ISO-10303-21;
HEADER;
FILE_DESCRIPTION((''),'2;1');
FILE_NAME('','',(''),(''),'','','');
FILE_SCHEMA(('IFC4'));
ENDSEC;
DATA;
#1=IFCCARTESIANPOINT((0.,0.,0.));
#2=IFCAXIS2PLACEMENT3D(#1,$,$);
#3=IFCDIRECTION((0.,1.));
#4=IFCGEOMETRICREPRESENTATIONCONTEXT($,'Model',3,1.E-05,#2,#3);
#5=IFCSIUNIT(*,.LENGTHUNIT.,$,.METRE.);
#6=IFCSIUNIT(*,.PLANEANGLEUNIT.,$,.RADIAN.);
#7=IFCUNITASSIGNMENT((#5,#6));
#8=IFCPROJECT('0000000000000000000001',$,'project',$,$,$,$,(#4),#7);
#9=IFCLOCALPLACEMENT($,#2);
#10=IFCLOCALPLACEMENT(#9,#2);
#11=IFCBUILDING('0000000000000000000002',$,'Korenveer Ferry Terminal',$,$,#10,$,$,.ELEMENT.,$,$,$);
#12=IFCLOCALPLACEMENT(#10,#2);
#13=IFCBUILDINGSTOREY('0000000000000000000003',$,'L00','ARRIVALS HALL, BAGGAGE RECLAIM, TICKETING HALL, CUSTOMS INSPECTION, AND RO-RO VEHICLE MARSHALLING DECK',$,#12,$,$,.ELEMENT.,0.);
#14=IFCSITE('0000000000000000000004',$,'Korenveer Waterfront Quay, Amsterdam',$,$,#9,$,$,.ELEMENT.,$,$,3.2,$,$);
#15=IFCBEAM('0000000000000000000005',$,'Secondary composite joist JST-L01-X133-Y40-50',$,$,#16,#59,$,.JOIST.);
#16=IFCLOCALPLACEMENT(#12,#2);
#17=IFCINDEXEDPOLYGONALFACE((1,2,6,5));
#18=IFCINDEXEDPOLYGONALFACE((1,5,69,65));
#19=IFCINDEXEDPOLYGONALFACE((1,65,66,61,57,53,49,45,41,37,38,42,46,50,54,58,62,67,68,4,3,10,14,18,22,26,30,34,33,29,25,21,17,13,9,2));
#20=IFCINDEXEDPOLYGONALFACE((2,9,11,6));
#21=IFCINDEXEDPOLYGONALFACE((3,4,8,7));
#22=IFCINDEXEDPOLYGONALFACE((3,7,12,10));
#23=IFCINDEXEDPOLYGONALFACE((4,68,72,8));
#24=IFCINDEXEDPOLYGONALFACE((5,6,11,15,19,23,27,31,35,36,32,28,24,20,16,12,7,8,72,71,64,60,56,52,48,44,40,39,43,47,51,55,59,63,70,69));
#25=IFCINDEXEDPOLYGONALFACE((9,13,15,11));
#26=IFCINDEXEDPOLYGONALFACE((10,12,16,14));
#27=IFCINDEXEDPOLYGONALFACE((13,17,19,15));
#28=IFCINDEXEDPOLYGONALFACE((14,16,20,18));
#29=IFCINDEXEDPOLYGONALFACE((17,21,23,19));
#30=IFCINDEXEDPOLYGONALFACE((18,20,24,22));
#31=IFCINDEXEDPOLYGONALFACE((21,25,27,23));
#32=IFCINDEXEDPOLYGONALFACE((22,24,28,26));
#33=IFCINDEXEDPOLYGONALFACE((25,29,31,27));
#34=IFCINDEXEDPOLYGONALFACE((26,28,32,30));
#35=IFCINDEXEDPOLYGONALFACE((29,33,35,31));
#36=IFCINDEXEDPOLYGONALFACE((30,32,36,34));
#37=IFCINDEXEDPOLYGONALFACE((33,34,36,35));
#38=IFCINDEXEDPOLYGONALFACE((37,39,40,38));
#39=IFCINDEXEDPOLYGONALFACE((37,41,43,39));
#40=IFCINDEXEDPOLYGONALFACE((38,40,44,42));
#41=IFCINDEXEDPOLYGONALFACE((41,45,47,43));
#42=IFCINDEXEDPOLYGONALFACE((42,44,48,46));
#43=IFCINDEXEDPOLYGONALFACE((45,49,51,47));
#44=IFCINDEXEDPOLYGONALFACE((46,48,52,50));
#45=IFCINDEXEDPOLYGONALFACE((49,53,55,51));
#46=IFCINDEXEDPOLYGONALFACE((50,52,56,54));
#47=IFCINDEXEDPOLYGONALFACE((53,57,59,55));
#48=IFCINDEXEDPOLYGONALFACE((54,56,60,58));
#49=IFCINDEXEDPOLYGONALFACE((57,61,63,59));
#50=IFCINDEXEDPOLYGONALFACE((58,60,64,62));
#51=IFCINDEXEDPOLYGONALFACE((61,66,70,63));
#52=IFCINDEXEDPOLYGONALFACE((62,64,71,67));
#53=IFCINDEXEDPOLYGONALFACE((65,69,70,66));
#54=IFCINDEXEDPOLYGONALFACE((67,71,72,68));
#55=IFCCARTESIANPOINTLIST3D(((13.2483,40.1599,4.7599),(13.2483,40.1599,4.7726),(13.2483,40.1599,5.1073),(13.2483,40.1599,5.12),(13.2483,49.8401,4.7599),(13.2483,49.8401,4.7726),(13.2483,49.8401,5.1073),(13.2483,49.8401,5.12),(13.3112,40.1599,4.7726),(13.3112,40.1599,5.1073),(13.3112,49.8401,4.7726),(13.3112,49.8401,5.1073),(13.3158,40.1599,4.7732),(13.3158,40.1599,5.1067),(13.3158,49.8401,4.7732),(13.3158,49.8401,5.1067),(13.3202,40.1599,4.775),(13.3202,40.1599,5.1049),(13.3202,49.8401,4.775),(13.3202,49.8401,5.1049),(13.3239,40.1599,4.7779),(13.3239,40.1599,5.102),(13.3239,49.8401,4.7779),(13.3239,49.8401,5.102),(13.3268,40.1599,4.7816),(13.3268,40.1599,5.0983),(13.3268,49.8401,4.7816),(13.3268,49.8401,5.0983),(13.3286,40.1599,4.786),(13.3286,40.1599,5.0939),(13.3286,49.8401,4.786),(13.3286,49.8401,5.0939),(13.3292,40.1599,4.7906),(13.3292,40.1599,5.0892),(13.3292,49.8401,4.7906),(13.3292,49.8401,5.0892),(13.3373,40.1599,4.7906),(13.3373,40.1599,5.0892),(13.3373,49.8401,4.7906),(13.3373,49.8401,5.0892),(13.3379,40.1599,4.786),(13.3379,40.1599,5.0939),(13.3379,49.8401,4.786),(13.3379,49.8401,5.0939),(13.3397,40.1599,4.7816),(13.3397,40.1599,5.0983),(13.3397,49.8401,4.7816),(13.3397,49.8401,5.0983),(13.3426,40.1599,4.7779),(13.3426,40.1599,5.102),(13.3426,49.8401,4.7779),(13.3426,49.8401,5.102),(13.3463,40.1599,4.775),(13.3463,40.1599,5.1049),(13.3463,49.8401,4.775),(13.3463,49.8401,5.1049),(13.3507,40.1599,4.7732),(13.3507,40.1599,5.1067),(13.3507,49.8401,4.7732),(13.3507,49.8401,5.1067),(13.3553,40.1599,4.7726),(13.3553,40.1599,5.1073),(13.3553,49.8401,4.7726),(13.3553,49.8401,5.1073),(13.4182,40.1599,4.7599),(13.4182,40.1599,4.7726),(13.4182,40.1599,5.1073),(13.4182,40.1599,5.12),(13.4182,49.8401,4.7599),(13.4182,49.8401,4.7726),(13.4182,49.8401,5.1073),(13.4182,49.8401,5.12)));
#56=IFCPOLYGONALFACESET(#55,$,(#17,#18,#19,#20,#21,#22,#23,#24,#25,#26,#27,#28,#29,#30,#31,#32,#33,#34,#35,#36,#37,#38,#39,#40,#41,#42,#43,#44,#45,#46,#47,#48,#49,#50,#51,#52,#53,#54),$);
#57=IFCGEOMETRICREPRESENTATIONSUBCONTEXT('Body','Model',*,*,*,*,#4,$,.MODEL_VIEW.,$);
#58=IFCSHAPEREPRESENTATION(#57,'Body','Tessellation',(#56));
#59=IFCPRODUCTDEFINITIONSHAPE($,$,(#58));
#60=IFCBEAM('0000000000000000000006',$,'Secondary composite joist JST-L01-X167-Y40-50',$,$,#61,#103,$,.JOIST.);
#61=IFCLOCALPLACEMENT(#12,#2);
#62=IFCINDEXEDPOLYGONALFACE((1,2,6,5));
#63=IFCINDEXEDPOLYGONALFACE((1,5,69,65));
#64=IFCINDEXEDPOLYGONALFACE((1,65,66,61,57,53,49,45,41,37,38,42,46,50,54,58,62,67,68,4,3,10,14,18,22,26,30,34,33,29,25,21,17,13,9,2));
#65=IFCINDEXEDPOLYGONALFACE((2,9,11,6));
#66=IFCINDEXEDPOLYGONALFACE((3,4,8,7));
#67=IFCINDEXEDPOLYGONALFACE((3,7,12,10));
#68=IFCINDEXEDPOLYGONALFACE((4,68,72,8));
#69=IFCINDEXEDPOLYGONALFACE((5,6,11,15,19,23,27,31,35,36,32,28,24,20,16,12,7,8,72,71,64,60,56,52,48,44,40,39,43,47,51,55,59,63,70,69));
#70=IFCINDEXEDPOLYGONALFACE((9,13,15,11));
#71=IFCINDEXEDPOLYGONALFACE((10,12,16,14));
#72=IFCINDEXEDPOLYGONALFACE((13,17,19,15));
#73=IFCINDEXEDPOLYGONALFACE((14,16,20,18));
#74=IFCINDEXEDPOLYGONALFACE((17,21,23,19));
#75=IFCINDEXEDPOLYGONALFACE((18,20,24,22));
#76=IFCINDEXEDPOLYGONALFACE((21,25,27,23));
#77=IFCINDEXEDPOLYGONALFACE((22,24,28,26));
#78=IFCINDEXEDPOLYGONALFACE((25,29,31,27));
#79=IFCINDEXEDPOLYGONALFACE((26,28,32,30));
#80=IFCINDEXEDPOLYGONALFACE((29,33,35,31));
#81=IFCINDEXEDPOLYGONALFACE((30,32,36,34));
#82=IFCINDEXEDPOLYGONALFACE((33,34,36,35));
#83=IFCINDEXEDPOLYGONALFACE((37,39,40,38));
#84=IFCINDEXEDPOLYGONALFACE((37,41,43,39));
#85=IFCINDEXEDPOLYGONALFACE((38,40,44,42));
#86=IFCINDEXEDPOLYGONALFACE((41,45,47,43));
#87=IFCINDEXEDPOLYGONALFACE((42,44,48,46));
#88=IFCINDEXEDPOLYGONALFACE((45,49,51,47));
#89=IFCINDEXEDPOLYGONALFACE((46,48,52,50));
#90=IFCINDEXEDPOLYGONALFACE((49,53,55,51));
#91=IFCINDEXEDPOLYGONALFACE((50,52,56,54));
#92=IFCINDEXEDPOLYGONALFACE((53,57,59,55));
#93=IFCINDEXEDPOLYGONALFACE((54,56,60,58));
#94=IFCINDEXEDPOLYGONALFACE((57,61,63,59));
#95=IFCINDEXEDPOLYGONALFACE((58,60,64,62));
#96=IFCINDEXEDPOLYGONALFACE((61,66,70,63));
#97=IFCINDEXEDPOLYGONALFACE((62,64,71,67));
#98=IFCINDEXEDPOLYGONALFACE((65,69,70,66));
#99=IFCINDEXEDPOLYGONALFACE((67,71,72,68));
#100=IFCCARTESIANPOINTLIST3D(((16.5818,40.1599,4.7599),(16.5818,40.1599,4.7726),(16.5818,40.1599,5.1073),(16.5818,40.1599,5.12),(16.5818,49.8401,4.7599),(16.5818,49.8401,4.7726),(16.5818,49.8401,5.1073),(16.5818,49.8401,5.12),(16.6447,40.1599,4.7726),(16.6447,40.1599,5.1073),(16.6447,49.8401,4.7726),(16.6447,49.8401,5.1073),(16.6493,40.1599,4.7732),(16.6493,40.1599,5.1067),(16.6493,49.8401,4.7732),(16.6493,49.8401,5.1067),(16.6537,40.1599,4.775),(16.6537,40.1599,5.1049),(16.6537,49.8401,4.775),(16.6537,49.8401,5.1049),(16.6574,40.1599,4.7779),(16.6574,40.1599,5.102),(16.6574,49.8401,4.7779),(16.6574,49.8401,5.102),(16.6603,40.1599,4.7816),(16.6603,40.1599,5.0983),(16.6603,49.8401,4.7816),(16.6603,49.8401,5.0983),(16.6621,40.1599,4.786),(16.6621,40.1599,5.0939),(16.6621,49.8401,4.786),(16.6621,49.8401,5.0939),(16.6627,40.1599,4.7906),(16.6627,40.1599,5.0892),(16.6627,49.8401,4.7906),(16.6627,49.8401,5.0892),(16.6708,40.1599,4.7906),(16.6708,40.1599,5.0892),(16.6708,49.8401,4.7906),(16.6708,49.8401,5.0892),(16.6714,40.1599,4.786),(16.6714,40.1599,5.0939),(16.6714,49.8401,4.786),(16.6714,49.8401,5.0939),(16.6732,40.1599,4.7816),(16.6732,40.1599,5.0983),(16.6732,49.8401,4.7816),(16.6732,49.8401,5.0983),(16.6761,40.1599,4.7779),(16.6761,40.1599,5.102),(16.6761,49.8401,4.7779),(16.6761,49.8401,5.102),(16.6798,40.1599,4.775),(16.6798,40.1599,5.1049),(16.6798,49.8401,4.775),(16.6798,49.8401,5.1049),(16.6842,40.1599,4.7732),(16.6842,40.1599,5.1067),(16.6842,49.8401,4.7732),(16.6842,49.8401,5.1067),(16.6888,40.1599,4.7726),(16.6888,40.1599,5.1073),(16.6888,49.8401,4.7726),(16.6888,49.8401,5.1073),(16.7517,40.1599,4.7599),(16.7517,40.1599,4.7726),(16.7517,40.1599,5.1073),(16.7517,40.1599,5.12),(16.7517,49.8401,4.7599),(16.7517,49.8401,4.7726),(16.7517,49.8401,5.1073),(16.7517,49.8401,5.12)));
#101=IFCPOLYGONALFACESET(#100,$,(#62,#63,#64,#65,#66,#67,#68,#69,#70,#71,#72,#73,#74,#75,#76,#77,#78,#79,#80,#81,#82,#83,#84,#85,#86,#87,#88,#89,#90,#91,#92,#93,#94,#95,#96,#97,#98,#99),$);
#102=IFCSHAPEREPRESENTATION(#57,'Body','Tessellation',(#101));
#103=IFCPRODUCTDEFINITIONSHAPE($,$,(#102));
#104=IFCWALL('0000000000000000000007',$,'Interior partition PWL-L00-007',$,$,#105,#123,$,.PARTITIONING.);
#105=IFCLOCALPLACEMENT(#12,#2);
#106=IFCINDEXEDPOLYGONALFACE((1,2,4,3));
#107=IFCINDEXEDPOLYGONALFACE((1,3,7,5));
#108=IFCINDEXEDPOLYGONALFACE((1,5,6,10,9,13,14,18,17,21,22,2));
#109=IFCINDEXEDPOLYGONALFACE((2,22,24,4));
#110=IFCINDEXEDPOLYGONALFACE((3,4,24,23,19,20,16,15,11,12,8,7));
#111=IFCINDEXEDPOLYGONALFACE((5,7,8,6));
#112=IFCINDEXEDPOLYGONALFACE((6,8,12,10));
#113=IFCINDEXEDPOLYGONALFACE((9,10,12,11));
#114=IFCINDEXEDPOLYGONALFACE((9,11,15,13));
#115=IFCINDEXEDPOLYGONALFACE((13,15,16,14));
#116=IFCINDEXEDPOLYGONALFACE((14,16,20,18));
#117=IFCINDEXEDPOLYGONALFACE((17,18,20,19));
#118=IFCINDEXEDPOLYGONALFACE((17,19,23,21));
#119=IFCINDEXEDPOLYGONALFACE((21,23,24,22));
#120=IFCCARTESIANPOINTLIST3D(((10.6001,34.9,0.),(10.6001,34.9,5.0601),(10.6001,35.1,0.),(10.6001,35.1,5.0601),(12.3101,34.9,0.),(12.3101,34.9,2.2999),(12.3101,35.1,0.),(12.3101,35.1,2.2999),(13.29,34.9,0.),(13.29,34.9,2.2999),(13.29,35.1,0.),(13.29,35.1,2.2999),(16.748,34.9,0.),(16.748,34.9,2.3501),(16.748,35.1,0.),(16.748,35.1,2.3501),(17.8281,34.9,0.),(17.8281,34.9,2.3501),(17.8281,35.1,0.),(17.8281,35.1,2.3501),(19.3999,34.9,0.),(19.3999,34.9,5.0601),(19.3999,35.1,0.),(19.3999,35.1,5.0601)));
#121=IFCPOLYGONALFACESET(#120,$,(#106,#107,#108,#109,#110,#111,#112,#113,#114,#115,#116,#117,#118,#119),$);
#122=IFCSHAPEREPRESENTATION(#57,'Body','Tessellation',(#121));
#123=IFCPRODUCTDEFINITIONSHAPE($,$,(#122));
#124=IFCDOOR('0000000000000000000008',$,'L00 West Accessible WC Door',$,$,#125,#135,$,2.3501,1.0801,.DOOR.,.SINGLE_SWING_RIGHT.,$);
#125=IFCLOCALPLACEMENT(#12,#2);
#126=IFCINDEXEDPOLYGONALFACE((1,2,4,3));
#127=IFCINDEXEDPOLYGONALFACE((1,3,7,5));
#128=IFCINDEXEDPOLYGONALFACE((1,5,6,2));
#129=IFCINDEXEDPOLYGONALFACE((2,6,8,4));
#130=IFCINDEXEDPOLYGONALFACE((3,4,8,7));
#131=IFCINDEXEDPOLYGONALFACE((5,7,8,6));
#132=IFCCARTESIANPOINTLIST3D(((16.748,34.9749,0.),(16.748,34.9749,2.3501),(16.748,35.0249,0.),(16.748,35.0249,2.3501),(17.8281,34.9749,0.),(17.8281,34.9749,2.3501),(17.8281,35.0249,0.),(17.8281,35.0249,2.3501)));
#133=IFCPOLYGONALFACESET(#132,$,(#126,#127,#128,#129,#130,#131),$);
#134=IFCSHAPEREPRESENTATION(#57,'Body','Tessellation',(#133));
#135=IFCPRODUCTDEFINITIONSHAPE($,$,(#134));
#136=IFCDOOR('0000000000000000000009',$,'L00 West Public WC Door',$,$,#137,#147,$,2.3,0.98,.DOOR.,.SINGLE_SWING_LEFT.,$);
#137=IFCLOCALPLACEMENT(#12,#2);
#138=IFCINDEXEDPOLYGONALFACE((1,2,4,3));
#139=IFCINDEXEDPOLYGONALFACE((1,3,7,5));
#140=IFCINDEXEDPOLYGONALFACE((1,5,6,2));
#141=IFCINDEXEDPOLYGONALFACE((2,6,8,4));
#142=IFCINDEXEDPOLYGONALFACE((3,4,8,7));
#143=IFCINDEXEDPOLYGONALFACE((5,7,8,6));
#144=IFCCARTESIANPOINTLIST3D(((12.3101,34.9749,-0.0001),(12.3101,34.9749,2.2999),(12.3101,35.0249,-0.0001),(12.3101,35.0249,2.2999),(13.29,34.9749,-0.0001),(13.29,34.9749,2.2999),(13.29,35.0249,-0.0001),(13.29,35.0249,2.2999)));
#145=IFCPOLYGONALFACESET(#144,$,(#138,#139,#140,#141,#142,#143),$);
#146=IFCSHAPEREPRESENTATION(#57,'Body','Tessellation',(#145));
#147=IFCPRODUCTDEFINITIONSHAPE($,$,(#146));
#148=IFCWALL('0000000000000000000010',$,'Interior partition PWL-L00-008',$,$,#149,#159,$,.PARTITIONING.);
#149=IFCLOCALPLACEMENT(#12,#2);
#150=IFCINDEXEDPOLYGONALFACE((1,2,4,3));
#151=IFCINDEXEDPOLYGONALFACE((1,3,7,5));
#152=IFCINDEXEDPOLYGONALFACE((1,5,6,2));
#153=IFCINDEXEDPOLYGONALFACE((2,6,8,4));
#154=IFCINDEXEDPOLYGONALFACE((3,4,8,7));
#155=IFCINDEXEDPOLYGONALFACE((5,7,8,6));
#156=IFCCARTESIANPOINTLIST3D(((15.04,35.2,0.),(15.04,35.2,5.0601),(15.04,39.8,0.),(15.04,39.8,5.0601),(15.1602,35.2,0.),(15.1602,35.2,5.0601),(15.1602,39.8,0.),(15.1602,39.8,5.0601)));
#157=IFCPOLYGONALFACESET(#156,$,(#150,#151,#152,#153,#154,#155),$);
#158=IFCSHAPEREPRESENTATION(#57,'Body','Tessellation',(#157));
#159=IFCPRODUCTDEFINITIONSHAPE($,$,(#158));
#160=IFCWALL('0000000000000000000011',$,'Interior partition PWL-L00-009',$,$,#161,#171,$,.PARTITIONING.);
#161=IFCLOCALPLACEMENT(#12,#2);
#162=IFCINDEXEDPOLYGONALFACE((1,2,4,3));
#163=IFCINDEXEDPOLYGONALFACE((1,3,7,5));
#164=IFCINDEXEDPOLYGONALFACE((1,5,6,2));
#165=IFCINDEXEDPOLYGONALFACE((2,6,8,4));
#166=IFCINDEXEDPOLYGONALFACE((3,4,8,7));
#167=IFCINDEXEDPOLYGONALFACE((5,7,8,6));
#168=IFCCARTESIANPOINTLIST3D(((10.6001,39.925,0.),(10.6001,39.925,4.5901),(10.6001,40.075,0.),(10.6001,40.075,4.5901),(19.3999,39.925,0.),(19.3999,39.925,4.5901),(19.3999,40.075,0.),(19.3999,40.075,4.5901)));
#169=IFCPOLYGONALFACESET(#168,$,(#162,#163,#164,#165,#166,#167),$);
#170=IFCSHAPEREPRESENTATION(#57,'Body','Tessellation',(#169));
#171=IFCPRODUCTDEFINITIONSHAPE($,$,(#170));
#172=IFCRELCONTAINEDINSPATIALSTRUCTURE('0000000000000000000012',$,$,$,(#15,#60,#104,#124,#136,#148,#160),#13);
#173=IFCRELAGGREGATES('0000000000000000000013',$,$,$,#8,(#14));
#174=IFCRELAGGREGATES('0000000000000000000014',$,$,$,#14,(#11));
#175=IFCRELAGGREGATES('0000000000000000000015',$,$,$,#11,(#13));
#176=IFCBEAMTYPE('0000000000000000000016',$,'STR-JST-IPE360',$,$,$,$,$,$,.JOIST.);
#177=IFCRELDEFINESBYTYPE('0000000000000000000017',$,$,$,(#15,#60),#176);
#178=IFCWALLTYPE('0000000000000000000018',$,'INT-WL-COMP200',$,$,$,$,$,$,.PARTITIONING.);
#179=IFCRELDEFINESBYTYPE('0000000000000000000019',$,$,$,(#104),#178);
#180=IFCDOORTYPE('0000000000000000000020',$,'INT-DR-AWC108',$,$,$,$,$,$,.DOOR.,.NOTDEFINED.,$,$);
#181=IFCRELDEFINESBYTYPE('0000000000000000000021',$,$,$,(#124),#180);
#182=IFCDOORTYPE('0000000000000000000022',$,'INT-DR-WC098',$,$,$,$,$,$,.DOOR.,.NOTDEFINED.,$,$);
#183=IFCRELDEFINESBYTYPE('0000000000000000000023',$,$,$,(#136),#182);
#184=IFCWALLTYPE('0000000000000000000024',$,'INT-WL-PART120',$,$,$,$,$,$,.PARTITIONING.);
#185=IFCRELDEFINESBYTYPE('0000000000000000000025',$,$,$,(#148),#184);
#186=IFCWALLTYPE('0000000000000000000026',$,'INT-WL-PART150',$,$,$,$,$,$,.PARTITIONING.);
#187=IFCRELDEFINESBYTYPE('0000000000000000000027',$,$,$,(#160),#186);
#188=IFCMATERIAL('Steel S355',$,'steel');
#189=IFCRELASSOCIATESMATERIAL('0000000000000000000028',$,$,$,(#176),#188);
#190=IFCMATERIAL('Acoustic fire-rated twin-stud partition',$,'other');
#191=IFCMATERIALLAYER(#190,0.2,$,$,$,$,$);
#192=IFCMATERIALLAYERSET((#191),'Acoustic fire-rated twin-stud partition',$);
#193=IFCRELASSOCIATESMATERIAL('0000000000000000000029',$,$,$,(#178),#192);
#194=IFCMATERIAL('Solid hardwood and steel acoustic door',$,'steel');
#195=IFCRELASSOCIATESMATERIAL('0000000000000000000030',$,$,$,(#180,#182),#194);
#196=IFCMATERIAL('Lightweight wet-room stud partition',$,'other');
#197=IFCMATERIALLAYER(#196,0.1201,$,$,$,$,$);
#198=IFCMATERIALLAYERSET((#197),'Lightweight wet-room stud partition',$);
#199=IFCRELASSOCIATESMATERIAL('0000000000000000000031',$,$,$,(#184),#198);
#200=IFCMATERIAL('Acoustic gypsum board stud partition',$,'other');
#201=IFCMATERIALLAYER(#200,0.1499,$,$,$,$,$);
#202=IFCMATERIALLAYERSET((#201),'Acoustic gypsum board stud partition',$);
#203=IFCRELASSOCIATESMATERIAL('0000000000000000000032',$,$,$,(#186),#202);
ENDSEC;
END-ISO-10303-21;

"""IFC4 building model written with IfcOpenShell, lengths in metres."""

from ifc_helpers import new_model, si_unit, direction, frame, frame_2d, origin, origin_2d, place, context, subcontext, project, spatial, rectangle, i_section, extrude, material, layer, layer_set, material_profile, profile_set, type_object, element, fill, save


model = new_model("IFC4")

# Units and contexts
model_context = context("Model", 3, precision=1e-05, world=origin(), true_north=direction((0.0, 1.0)))
body_context = subcontext(model_context, "Body", "Model", "MODEL_VIEW")
ifc_project = project(units=[si_unit("LENGTHUNIT", "METRE"), si_unit("PLANEANGLEUNIT", "RADIAN")], contexts=[model_context])

# Site, building, storey
site_placement = place(None, origin())
site = spatial("IfcSite", under=ifc_project, at=site_placement, Name="Korenveer Waterfront Quay, Amsterdam", CompositionType="ELEMENT", RefElevation=3.2)
building_placement = place(site_placement, origin())
building = spatial("IfcBuilding", under=site, at=building_placement, Name="Korenveer Ferry Terminal", CompositionType="ELEMENT")
storey_placement = place(building_placement, origin())
storey = spatial("IfcBuildingStorey", under=building, at=storey_placement, Name="L00", Description="ARRIVALS HALL, BAGGAGE RECLAIM, TICKETING HALL, CUSTOMS INSPECTION, AND RO-RO VEHICLE MARSHALLING DECK", CompositionType="ELEMENT", Elevation=0.0)

# Beams
ifc_material_1 = material(Name="Steel S355", Category="steel")
ifc_material_profile_1 = material_profile(ifc_material_1, i_section(OverallWidth=0.1699, OverallDepth=0.3601, WebThickness=0.0081, FlangeThickness=0.0127, FilletRadius=0.0181, at=origin_2d()), Name="IPE 360")
ifc_profile_set_1 = profile_set([ifc_material_profile_1], Name="Steel S355")
beam_type_1 = type_object("IfcBeamType", Name="STR-JST-IPE360", PredefinedType="JOIST", material=ifc_profile_set_1)
for number, where, z_axis, x_axis, name in (
    (1, (13.3333, 40.1599, 4.9399), (0.0, 1.0, 0.0), (-1.0, 0.0, 0.0), "Secondary composite joist JST-L01-X133-Y40-50"),
    (2, (16.6667, 40.1599, 4.9399), (0.0, 1.0, 0.0), (-1.0, 0.0, 0.0), "Secondary composite joist JST-L01-X167-Y40-50"),
):
    element("IfcBeam", number, at=place(storey_placement, frame(where, z_axis=z_axis, x_axis=x_axis)), inside=storey, type_object=beam_type_1, Name=name, PredefinedType="JOIST", context=body_context, shape_type="SweptSolid", body=[
        extrude(i_section(OverallWidth=0.1699, OverallDepth=0.3601, WebThickness=0.0081, FlangeThickness=0.0127, FilletRadius=0.0181, at=origin_2d()), origin(), (0.0, 0.0, 1.0), 9.6802),
    ])

# Wall, openings, doors
ifc_material_2 = material(Name="Acoustic fire-rated twin-stud partition", Category="other")
ifc_layer_1 = layer(ifc_material_2, 0.2)
ifc_layer_set_1 = layer_set([ifc_layer_1], Name="Acoustic fire-rated twin-stud partition")
wall_type_1 = type_object("IfcWallType", Name="INT-WL-COMP200", PredefinedType="PARTITIONING", material=ifc_layer_set_1)
wall_1_placement = place(storey_placement, frame((10.6001, 35.0, 0.0), z_axis=(0.0, 0.0, 1.0), x_axis=(1.0, 0.0, 0.0)))
wall_1 = element("IfcWall", 3, at=wall_1_placement, inside=storey, type_object=wall_type_1, Name="Interior partition PWL-L00-007", PredefinedType="PARTITIONING", context=body_context, shape_type="SweptSolid", body=[
    extrude(rectangle(XDim=8.7998, YDim=0.2, at=frame_2d((4.3999, 0.0))), origin(), (0.0, 0.0, 1.0), 5.0601),
])
opening_1_placement = place(wall_1_placement, frame((1.71, 0.0, 0.0)))
opening_1 = element("IfcOpeningElement", 4, at=opening_1_placement, cuts=wall_1, PredefinedType="OPENING", context=body_context, shape_type="SweptSolid", body=[
    extrude(rectangle(XDim=0.98, YDim=2.3, at=frame_2d((0.49, 1.1499))), frame((0.0, 0.1099, 0.0), z_axis=(0.0, -1.0, 0.0), x_axis=(1.0, 0.0, 0.0)), (0.0, 0.0, 1.0), 0.22),
])
opening_2_placement = place(wall_1_placement, frame((6.1479, 0.0, 0.0)))
opening_2 = element("IfcOpeningElement", 5, at=opening_2_placement, cuts=wall_1, PredefinedType="OPENING", context=body_context, shape_type="SweptSolid", body=[
    extrude(rectangle(XDim=1.0801, YDim=2.3501, at=frame_2d((0.54, 1.175))), frame((0.0, 0.1099, 0.0), z_axis=(0.0, -1.0, 0.0), x_axis=(1.0, 0.0, 0.0)), (0.0, 0.0, 1.0), 0.22),
])
ifc_material_3 = material(Name="Solid hardwood and steel acoustic door", Category="steel")
door_type_1 = type_object("IfcDoorType", Name="INT-DR-AWC108", OperationType="NOTDEFINED", PredefinedType="DOOR", material=ifc_material_3)
door_1_placement = place(opening_2_placement, origin())
door_1 = element("IfcDoor", 6, at=door_1_placement, inside=storey, type_object=door_type_1, Name="L00 West Accessible WC Door", OperationType="SINGLE_SWING_RIGHT", OverallHeight=2.3501, OverallWidth=1.0801, PredefinedType="DOOR", context=body_context, shape_type="SweptSolid", body=[
    extrude(rectangle(XDim=1.0801, YDim=2.3501, at=frame_2d((0.54, 1.175))), frame((0.0, 0.0249, 0.0), z_axis=(0.0, -1.0, 0.0), x_axis=(1.0, 0.0, 0.0)), (0.0, 0.0, 1.0), 0.05),
])
fill(opening_2, door_1)
door_type_2 = type_object("IfcDoorType", Name="INT-DR-WC098", OperationType="NOTDEFINED", PredefinedType="DOOR", material=ifc_material_3)
door_2_placement = place(opening_1_placement, origin())
door_2 = element("IfcDoor", 7, at=door_2_placement, inside=storey, type_object=door_type_2, Name="L00 West Public WC Door", OperationType="SINGLE_SWING_LEFT", OverallHeight=2.3, OverallWidth=0.98, PredefinedType="DOOR", context=body_context, shape_type="SweptSolid", body=[
    extrude(rectangle(XDim=0.98, YDim=2.3, at=frame_2d((0.49, 1.1499))), frame((0.0, 0.0249, 0.0), z_axis=(0.0, -1.0, 0.0), x_axis=(1.0, 0.0, 0.0)), (0.0, 0.0, 1.0), 0.05),
])
fill(opening_1, door_2)

# Walls
ifc_material_4 = material(Name="Lightweight wet-room stud partition", Category="other")
ifc_layer_2 = layer(ifc_material_4, 0.1201)
ifc_layer_set_2 = layer_set([ifc_layer_2], Name="Lightweight wet-room stud partition")
wall_type_2 = type_object("IfcWallType", Name="INT-WL-PART120", PredefinedType="PARTITIONING", material=ifc_layer_set_2)
wall_2_placement = place(storey_placement, frame((15.1001, 35.2, 0.0), z_axis=(0.0, 0.0, 1.0), x_axis=(0.0, 1.0, 0.0)))
element("IfcWall", 8, at=wall_2_placement, inside=storey, type_object=wall_type_2, Name="Interior partition PWL-L00-008", PredefinedType="PARTITIONING", context=body_context, shape_type="SweptSolid", body=[
    extrude(rectangle(XDim=4.6001, YDim=0.1201, at=frame_2d((2.3, 0.0))), origin(), (0.0, 0.0, 1.0), 5.0601),
])
ifc_material_5 = material(Name="Acoustic gypsum board stud partition", Category="other")
ifc_layer_3 = layer(ifc_material_5, 0.1499)
ifc_layer_set_3 = layer_set([ifc_layer_3], Name="Acoustic gypsum board stud partition")
wall_type_3 = type_object("IfcWallType", Name="INT-WL-PART150", PredefinedType="PARTITIONING", material=ifc_layer_set_3)
wall_3_placement = place(storey_placement, frame((10.6001, 40.0, 0.0), z_axis=(0.0, 0.0, 1.0), x_axis=(1.0, 0.0, 0.0)))
element("IfcWall", 9, at=wall_3_placement, inside=storey, type_object=wall_type_3, Name="Interior partition PWL-L00-009", PredefinedType="PARTITIONING", context=body_context, shape_type="SweptSolid", body=[
    extrude(rectangle(XDim=8.7998, YDim=0.1499, at=frame_2d((4.3999, 0.0))), origin(), (0.0, 0.0, 1.0), 4.5901),
])

save(model, "model.ifc")
